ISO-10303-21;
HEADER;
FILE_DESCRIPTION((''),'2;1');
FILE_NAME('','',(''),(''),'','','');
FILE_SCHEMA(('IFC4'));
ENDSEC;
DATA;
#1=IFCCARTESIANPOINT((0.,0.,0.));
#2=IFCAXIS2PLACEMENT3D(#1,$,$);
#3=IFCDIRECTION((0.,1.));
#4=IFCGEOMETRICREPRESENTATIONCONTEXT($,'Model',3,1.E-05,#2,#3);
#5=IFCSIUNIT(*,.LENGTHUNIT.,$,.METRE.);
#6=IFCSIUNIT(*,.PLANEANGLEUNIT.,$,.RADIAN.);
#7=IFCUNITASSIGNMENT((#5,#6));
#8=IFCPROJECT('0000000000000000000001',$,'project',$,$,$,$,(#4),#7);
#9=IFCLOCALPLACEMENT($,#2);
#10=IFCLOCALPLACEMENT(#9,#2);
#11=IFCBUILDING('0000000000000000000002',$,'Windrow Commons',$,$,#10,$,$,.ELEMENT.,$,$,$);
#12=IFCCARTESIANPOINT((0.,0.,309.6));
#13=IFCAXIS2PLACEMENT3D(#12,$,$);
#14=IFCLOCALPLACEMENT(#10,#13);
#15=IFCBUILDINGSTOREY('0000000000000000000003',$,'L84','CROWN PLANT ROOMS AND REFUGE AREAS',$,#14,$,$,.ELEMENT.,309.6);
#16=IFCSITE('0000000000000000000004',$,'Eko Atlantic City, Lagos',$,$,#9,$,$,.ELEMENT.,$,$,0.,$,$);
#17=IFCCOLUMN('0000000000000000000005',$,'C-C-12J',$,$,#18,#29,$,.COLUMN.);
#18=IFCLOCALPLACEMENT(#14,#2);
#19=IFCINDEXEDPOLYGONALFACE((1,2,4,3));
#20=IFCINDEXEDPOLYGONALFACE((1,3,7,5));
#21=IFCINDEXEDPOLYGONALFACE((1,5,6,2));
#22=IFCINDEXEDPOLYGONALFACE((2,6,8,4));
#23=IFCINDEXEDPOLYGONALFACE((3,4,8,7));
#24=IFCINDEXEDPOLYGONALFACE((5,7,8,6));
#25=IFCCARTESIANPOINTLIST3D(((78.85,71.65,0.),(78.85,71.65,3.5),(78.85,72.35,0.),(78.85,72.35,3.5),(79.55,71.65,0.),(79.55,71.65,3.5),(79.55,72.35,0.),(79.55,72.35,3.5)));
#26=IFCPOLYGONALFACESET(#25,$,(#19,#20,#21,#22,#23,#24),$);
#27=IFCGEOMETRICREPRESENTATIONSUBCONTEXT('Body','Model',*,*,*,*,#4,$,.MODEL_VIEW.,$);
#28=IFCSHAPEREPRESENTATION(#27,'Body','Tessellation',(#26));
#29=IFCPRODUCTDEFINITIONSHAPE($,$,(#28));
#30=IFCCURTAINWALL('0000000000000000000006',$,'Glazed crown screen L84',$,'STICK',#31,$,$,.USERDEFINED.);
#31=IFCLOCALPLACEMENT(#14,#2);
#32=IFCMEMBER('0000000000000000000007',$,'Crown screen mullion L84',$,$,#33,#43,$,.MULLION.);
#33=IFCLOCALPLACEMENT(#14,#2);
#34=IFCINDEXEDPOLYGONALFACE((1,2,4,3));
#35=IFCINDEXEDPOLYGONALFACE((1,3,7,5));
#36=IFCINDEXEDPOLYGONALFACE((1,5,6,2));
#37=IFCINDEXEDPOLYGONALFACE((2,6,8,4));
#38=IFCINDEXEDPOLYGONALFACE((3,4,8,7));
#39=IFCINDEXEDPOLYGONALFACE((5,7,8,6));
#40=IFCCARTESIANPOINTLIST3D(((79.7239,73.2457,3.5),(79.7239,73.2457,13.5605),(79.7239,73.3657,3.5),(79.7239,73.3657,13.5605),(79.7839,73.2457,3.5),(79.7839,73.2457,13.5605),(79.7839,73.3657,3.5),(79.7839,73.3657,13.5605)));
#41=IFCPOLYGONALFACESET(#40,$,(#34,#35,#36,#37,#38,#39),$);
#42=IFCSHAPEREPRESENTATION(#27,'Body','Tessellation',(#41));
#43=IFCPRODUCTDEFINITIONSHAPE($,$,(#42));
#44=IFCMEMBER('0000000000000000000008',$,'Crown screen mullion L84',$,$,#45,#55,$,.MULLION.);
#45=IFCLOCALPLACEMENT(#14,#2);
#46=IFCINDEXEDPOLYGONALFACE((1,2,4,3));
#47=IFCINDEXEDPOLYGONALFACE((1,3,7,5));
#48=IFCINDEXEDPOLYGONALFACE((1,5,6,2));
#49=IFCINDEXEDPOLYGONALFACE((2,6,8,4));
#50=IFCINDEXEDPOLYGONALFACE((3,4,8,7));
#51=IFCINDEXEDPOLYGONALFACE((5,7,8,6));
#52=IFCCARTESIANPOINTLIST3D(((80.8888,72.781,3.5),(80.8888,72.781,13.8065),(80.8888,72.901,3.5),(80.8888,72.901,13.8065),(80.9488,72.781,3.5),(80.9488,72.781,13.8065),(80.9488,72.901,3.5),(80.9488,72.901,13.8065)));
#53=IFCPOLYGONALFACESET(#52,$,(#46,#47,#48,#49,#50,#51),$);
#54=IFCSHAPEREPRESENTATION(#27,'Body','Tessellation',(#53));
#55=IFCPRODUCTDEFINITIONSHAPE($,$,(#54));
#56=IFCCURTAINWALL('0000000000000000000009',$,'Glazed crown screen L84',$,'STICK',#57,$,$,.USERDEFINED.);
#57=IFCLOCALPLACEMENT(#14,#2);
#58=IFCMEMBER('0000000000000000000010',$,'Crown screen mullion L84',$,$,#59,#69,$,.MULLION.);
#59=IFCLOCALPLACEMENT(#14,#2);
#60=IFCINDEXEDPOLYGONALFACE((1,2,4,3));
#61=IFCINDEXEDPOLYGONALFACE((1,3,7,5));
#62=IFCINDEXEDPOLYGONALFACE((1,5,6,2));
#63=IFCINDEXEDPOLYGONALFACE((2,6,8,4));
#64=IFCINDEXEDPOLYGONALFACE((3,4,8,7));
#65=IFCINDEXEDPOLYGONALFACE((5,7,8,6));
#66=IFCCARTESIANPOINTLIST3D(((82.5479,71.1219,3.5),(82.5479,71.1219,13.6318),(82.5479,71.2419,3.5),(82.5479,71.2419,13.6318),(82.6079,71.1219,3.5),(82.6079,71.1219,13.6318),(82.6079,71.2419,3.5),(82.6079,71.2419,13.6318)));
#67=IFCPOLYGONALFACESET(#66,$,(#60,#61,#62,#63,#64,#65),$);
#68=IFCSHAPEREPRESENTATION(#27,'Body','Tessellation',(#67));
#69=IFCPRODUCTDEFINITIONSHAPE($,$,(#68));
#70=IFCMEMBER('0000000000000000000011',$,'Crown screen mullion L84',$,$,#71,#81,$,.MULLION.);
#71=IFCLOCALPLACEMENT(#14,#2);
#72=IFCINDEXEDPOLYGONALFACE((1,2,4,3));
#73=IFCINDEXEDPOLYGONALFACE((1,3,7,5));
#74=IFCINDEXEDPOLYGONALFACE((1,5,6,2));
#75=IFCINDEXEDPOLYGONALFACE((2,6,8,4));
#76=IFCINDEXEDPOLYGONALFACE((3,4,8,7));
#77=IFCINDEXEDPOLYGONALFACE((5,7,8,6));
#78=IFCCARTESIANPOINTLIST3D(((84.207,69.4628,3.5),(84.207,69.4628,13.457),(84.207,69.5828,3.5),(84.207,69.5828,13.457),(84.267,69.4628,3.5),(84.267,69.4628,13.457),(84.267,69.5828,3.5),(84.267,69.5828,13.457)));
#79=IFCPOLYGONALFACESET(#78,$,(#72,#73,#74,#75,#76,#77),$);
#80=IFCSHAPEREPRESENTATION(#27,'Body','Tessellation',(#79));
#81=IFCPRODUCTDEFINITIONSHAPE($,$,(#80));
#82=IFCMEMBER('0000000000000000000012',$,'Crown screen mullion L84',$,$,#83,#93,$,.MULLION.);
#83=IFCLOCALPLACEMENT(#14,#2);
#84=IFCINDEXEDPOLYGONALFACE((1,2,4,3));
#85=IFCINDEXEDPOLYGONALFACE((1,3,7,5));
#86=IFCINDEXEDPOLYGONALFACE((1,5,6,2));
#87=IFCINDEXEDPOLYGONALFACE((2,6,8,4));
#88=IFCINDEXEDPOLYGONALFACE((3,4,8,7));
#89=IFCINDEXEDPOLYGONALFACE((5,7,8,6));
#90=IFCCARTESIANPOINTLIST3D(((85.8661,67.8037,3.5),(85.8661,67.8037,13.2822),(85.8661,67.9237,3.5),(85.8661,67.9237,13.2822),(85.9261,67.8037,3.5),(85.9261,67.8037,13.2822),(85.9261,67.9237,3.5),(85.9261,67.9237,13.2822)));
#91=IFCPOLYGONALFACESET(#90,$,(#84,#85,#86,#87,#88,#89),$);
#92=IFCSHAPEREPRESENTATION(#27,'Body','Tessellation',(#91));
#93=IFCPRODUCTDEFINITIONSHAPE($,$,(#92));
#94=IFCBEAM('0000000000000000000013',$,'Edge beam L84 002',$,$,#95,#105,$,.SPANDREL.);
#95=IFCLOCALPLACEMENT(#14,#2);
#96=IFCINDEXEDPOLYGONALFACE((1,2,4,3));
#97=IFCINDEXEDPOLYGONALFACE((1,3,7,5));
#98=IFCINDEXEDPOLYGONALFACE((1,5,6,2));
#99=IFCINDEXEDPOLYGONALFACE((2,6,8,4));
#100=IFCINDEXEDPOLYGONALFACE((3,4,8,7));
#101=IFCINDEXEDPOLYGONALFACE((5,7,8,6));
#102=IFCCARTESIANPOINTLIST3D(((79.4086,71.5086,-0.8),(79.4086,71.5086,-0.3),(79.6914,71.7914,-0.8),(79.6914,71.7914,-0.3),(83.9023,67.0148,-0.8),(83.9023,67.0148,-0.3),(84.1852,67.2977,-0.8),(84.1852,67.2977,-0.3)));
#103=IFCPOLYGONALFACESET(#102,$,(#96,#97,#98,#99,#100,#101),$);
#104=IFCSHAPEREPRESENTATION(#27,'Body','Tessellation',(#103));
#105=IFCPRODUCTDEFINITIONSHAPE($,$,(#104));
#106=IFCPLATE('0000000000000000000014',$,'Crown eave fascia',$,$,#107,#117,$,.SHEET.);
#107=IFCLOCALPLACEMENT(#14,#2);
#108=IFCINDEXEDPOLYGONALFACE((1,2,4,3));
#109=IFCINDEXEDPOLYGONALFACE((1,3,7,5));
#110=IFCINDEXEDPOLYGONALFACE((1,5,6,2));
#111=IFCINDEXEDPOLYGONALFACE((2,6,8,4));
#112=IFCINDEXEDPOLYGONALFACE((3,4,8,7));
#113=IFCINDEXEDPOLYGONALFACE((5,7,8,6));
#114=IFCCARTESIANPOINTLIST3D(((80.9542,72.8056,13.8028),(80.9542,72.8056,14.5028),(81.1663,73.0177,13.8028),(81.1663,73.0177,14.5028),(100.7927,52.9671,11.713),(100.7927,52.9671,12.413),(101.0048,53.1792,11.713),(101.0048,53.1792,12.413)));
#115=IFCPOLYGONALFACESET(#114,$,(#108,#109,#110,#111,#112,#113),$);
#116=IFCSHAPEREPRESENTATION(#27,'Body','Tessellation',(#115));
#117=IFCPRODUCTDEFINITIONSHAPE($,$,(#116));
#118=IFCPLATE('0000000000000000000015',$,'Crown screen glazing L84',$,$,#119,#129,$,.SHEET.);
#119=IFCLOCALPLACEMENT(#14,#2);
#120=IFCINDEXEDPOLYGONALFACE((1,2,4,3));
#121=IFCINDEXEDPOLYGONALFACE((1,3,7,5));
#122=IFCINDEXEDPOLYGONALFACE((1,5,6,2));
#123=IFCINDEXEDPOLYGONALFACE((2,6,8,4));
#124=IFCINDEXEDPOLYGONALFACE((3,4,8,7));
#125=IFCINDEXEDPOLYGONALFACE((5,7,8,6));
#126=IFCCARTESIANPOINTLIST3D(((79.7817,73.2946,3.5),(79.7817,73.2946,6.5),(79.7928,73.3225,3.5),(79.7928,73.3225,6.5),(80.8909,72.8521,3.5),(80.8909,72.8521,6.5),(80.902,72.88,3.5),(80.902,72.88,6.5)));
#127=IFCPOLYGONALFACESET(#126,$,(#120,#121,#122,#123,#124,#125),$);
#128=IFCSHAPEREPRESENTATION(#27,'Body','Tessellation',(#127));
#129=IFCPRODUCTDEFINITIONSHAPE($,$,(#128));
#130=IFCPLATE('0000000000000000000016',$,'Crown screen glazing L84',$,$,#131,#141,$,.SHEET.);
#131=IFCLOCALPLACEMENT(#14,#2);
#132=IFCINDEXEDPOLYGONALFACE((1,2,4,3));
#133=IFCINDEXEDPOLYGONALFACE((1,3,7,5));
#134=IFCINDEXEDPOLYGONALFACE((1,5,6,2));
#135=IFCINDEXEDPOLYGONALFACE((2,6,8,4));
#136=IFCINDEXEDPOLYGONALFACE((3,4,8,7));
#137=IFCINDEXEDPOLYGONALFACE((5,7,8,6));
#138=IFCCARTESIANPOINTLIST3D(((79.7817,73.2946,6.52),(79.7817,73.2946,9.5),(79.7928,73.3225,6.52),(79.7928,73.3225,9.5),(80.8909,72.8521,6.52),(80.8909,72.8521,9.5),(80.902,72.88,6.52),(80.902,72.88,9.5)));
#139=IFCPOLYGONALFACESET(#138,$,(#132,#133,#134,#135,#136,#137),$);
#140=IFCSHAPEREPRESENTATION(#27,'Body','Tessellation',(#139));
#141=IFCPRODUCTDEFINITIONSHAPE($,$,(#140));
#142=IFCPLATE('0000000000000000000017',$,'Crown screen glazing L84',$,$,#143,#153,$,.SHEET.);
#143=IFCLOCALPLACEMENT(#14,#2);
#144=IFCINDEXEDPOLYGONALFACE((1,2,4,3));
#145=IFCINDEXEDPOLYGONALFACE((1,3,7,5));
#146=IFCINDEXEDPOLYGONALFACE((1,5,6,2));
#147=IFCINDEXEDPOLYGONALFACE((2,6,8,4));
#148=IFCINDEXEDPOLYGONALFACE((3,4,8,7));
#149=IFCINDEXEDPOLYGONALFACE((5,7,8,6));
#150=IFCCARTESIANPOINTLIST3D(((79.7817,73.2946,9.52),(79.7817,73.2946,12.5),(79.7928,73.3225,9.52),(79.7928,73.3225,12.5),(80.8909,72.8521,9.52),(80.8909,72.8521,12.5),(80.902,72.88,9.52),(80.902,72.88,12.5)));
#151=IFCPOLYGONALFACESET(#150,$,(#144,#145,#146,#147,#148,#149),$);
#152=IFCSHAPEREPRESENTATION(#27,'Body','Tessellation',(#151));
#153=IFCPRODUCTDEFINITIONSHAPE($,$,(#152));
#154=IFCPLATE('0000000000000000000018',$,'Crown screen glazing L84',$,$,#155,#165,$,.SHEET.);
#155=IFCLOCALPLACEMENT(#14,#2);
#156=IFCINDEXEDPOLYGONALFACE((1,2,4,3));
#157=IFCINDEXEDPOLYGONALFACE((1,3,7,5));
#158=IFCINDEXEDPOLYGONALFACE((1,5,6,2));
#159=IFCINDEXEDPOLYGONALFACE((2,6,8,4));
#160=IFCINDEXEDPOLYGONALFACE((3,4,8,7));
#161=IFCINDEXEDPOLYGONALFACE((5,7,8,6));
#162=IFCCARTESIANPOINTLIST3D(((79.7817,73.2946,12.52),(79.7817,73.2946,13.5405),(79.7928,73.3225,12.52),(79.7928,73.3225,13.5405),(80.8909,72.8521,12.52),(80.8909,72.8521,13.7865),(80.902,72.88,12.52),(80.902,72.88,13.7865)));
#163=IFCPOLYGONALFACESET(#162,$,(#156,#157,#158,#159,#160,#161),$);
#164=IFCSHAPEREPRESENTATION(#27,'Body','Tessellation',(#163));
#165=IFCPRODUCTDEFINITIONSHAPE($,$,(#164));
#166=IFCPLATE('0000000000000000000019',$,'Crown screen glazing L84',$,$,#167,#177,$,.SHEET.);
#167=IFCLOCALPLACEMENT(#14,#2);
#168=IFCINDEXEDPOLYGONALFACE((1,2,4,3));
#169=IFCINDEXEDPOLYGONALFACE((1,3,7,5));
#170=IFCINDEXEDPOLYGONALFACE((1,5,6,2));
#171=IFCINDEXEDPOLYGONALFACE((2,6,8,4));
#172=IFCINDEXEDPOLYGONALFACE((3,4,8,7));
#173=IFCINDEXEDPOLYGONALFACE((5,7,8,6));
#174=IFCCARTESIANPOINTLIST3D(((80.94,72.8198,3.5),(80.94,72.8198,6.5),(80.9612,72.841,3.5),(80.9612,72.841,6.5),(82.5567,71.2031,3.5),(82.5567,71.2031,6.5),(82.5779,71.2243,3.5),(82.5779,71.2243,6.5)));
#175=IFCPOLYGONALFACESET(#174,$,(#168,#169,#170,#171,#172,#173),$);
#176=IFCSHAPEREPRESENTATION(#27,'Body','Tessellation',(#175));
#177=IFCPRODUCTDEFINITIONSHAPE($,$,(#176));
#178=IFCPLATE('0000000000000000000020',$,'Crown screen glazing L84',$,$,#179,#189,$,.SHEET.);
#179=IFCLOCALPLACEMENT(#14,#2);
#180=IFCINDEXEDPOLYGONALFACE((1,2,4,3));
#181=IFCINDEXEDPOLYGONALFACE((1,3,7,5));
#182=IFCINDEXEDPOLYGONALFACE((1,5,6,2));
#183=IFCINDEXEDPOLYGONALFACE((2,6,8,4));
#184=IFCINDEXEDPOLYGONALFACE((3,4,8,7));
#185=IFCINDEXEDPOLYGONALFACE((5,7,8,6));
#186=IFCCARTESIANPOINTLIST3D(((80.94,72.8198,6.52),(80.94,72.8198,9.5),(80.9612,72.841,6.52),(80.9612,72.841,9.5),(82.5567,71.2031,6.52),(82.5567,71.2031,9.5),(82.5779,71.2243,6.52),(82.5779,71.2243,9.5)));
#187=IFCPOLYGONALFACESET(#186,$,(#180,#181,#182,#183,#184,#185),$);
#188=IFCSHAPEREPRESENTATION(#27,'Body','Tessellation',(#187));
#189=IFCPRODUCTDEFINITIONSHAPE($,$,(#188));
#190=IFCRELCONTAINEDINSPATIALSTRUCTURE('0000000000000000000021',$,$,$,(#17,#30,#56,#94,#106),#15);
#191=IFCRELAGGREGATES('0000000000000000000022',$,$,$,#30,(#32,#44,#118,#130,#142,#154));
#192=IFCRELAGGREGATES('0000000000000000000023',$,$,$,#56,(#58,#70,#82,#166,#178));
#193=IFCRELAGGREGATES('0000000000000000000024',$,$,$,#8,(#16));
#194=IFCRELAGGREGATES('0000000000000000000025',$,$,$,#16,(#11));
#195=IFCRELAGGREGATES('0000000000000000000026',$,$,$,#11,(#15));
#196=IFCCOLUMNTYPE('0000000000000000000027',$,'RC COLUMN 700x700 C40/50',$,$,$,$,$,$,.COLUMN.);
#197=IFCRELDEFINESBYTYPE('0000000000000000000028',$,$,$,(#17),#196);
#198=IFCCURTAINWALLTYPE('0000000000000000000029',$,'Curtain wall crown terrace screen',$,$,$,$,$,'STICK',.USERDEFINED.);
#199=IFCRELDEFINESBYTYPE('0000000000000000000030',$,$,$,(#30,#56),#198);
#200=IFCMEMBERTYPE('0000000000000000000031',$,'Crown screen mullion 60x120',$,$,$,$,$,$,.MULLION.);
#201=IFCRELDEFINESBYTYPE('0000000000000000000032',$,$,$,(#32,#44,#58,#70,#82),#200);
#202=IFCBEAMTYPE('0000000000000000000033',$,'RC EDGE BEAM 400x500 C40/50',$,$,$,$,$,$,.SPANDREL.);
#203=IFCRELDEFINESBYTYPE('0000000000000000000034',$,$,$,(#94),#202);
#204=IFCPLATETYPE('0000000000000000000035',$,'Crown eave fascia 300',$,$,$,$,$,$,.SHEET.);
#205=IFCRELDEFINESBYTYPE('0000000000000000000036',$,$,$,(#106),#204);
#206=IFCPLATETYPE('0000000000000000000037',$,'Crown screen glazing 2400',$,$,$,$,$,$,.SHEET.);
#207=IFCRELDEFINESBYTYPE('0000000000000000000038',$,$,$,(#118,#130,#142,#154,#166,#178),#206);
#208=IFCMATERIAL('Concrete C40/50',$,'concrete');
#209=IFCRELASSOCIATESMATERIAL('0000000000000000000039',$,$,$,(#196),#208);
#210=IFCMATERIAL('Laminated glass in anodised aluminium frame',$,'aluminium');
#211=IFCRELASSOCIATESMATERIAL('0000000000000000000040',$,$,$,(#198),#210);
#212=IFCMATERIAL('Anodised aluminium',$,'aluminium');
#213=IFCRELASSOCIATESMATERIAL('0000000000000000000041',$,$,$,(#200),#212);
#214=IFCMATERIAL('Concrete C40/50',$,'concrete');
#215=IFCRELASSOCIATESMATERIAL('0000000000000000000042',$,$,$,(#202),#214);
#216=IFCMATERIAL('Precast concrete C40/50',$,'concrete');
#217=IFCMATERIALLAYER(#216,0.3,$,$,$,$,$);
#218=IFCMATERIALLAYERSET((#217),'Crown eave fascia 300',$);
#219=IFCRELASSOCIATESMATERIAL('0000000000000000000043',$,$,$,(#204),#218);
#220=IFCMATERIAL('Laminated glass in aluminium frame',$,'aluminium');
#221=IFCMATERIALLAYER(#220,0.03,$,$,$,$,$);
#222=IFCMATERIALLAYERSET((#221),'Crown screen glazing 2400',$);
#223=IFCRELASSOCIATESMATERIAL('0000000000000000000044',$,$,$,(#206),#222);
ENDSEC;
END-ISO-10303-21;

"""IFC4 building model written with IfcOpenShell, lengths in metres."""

from ifc_helpers import new_model, si_unit, direction, frame, origin, origin_2d, place, context, subcontext, project, spatial, polyline, rectangle, outline, extrude, material, layer, layer_set, material_profile, profile_set, type_object, element, aggregate, save


model = new_model("IFC4")

# Units and contexts
model_context = context("Model", 3, precision=1e-05, world=origin(), true_north=direction((0.0, 1.0)))
body_context = subcontext(model_context, "Body", "Model", "MODEL_VIEW")
ifc_project = project(units=[si_unit("LENGTHUNIT", "METRE"), si_unit("PLANEANGLEUNIT", "RADIAN")], contexts=[model_context])

# Site, building, storey
site_placement = place(None, origin())
site = spatial("IfcSite", under=ifc_project, at=site_placement, Name="Eko Atlantic City, Lagos", CompositionType="ELEMENT", RefElevation=0.0)
building_placement = place(site_placement, origin())
building = spatial("IfcBuilding", under=site, at=building_placement, Name="Windrow Commons", CompositionType="ELEMENT")
storey_placement = place(building_placement, frame((0.0, 0.0, 309.6)))
storey = spatial("IfcBuildingStorey", under=building, at=storey_placement, Name="L84", Description="CROWN PLANT ROOMS AND REFUGE AREAS", CompositionType="ELEMENT", Elevation=309.6)

# Column
ifc_material_1 = material(Name="Concrete C40/50", Category="concrete")
ifc_material_profile_1 = material_profile(ifc_material_1, rectangle(XDim=0.7, YDim=0.7, at=origin_2d()))
ifc_profile_set_1 = profile_set([ifc_material_profile_1], Name="Concrete C40/50")
column_type = type_object("IfcColumnType", Name="RC COLUMN 700x700 C40/50", PredefinedType="COLUMN", material=ifc_profile_set_1)
column_placement = place(storey_placement, frame((79.2, 72.0, 0.0), z_axis=(0.0, 0.0, 1.0), x_axis=(1.0, 0.0, 0.0)))
element("IfcColumn", 1, at=column_placement, inside=storey, type_object=column_type, Name="C-C-12J", PredefinedType="COLUMN", context=body_context, shape_type="SweptSolid", body=[
    extrude(rectangle(XDim=0.7, YDim=0.7, at=origin_2d()), origin(), (0.0, 0.0, 1.0), 3.5),
])

# Curtain walls, members
ifc_material_2 = material(Name="Laminated glass in anodised aluminium frame", Category="aluminium")
curtain_wall_type = type_object("IfcCurtainWallType", Name="Curtain wall crown terrace screen", ElementType="STICK", PredefinedType="USERDEFINED", material=ifc_material_2)
placement = place(storey_placement, origin())
curtain_wall_1 = element("IfcCurtainWall", 2, at=placement, inside=storey, type_object=curtain_wall_type, Name="Glazed crown screen L84", ObjectType="STICK", PredefinedType="USERDEFINED")
ifc_material_3 = material(Name="Anodised aluminium", Category="aluminium")
ifc_material_profile_2 = material_profile(ifc_material_3, rectangle(XDim=0.06, YDim=0.12, at=origin_2d()))
ifc_profile_set_2 = profile_set([ifc_material_profile_2], Name="Anodised aluminium")
member_type = type_object("IfcMemberType", Name="Crown screen mullion 60x120", PredefinedType="MULLION", material=ifc_profile_set_2)
member_1_placement = place(storey_placement, frame((79.7539, 73.3057, 3.5), z_axis=(0.0, 0.0, 1.0), x_axis=(1.0, 0.0, 0.0)))
member_1 = element("IfcMember", 3, at=member_1_placement, type_object=member_type, Name="Crown screen mullion L84", PredefinedType="MULLION", context=body_context, shape_type="SweptSolid", body=[
    extrude(rectangle(XDim=0.06, YDim=0.12, at=origin_2d()), origin(), (0.0, 0.0, 1.0), 10.0605),
])
member_2_placement = place(storey_placement, frame((80.9188, 72.841, 3.5), z_axis=(0.0, 0.0, 1.0), x_axis=(1.0, 0.0, 0.0)))
member_2 = element("IfcMember", 4, at=member_2_placement, type_object=member_type, Name="Crown screen mullion L84", PredefinedType="MULLION", context=body_context, shape_type="SweptSolid", body=[
    extrude(rectangle(XDim=0.06, YDim=0.12, at=origin_2d()), origin(), (0.0, 0.0, 1.0), 10.3065),
])
curtain_wall_2 = element("IfcCurtainWall", 5, at=placement, inside=storey, type_object=curtain_wall_type, Name="Glazed crown screen L84", ObjectType="STICK", PredefinedType="USERDEFINED")
member_3_placement = place(storey_placement, frame((82.5779, 71.1819, 3.5), z_axis=(0.0, 0.0, 1.0), x_axis=(1.0, 0.0, 0.0)))
member_3 = element("IfcMember", 6, at=member_3_placement, type_object=member_type, Name="Crown screen mullion L84", PredefinedType="MULLION", context=body_context, shape_type="SweptSolid", body=[
    extrude(rectangle(XDim=0.06, YDim=0.12, at=origin_2d()), origin(), (0.0, 0.0, 1.0), 10.1318),
])
member_4_placement = place(storey_placement, frame((84.237, 69.5228, 3.5), z_axis=(0.0, 0.0, 1.0), x_axis=(1.0, 0.0, 0.0)))
member_4 = element("IfcMember", 7, at=member_4_placement, type_object=member_type, Name="Crown screen mullion L84", PredefinedType="MULLION", context=body_context, shape_type="SweptSolid", body=[
    extrude(rectangle(XDim=0.06, YDim=0.12, at=origin_2d()), origin(), (0.0, 0.0, 1.0), 9.957),
])
member_5_placement = place(storey_placement, frame((85.8961, 67.8637, 3.5), z_axis=(0.0, 0.0, 1.0), x_axis=(1.0, 0.0, 0.0)))
member_5 = element("IfcMember", 8, at=member_5_placement, type_object=member_type, Name="Crown screen mullion L84", PredefinedType="MULLION", context=body_context, shape_type="SweptSolid", body=[
    extrude(rectangle(XDim=0.06, YDim=0.12, at=origin_2d()), origin(), (0.0, 0.0, 1.0), 9.7822),
])

# Beam
ifc_material_4 = material(Name="Concrete C40/50", Category="concrete")
ifc_material_profile_3 = material_profile(ifc_material_4, rectangle(XDim=0.4, YDim=0.5, at=origin_2d()))
ifc_profile_set_3 = profile_set([ifc_material_profile_3], Name="Concrete C40/50")
beam_type = type_object("IfcBeamType", Name="RC EDGE BEAM 400x500 C40/50", PredefinedType="SPANDREL", material=ifc_profile_set_3)
beam_placement = place(storey_placement, frame((79.55, 71.65, -0.55), z_axis=(0.707107, -0.707107, 0.0), x_axis=(0.707107, 0.707107, 0.0)))
element("IfcBeam", 9, at=beam_placement, inside=storey, type_object=beam_type, Name="Edge beam L84 002", PredefinedType="SPANDREL", context=body_context, shape_type="SweptSolid", body=[
    extrude(rectangle(XDim=0.4, YDim=0.5, at=origin_2d()), origin(), (0.0, 0.0, 1.0), 6.3551),
])

# Plates
ifc_material_5 = material(Name="Precast concrete C40/50", Category="concrete")
ifc_layer_1 = layer(ifc_material_5, 0.3)
ifc_layer_set_1 = layer_set([ifc_layer_1], Name="Crown eave fascia 300")
plate_type_1 = type_object("IfcPlateType", Name="Crown eave fascia 300", PredefinedType="SHEET", material=ifc_layer_set_1)
plate_1_placement = place(storey_placement, frame((80.9542, 72.8056, 13.8028), z_axis=(-0.707107, -0.707107, 0.0), x_axis=(0.705153, -0.705153, -0.074281)))
element("IfcPlate", 10, at=plate_1_placement, inside=storey, type_object=plate_type_1, Name="Crown eave fascia", PredefinedType="SHEET", context=body_context, shape_type="SweptSolid", body=[
    extrude(outline(polyline([(0.0, 0.0), (28.1336, 0.0), (28.0816, 0.6981), (-0.052, 0.6981), (0.0, 0.0)])), origin(), (0.0, 0.0, -1.0), 0.3),
])
ifc_material_6 = material(Name="Laminated glass in aluminium frame", Category="aluminium")
ifc_layer_2 = layer(ifc_material_6, 0.03)
ifc_layer_set_2 = layer_set([ifc_layer_2], Name="Crown screen glazing 2400")
plate_type_2 = type_object("IfcPlateType", Name="Crown screen glazing 2400", PredefinedType="SHEET", material=ifc_layer_set_2)
plate_2_placement = place(storey_placement, frame((79.7817, 73.2946, 3.5), z_axis=(-0.370539, -0.928817, 0.0), x_axis=(0.928817, -0.370539, 0.0)))
plate_2 = element("IfcPlate", 11, at=plate_2_placement, type_object=plate_type_2, Name="Crown screen glazing L84", PredefinedType="SHEET", context=body_context, shape_type="SweptSolid", body=[
    extrude(outline(polyline([(0.0, 0.0), (1.1942, 0.0), (1.1942, 3.0), (0.0, 3.0), (0.0, 0.0)])), origin(), (0.0, 0.0, -1.0), 0.03),
])
plate_3_placement = place(storey_placement, frame((79.7817, 73.2946, 6.52), z_axis=(-0.370539, -0.928817, 0.0), x_axis=(0.928817, -0.370539, 0.0)))
plate_3 = element("IfcPlate", 12, at=plate_3_placement, type_object=plate_type_2, Name="Crown screen glazing L84", PredefinedType="SHEET", context=body_context, shape_type="SweptSolid", body=[
    extrude(outline(polyline([(0.0, 0.0), (1.1942, 0.0), (1.1942, 2.98), (0.0, 2.98), (0.0, 0.0)])), origin(), (0.0, 0.0, -1.0), 0.03),
])
plate_4_placement = place(storey_placement, frame((79.7817, 73.2946, 9.52), z_axis=(-0.370539, -0.928817, 0.0), x_axis=(0.928817, -0.370539, 0.0)))
plate_4 = element("IfcPlate", 13, at=plate_4_placement, type_object=plate_type_2, Name="Crown screen glazing L84", PredefinedType="SHEET", context=body_context, shape_type="SweptSolid", body=[
    extrude(outline(polyline([(0.0, 0.0), (1.1942, 0.0), (1.1942, 2.98), (0.0, 2.98), (0.0, 0.0)])), origin(), (0.0, 0.0, -1.0), 0.03),
])
plate_5_placement = place(storey_placement, frame((79.7817, 73.2946, 12.52), z_axis=(-0.370539, -0.928817, 0.0), x_axis=(0.928817, -0.370539, 0.0)))
plate_5 = element("IfcPlate", 14, at=plate_5_placement, type_object=plate_type_2, Name="Crown screen glazing L84", PredefinedType="SHEET", context=body_context, shape_type="SweptSolid", body=[
    extrude(outline(polyline([(0.0, 0.0), (1.1942, 0.0), (1.1942, 1.2665), (0.0, 1.0205), (0.0, 0.0)])), origin(), (0.0, 0.0, -1.0), 0.03),
])
aggregate(curtain_wall_1, [member_1, member_2, plate_2, plate_3, plate_4, plate_5])
plate_6_placement = place(storey_placement, frame((80.94, 72.8198, 3.5), z_axis=(-0.707107, -0.707107, 0.0), x_axis=(0.707107, -0.707107, 0.0)))
plate_6 = element("IfcPlate", 15, at=plate_6_placement, type_object=plate_type_2, Name="Crown screen glazing L84", PredefinedType="SHEET", context=body_context, shape_type="SweptSolid", body=[
    extrude(outline(polyline([(0.0, 0.0), (2.2864, 0.0), (2.2864, 3.0), (0.0, 3.0), (0.0, 0.0)])), origin(), (0.0, 0.0, -1.0), 0.03),
])
plate_7_placement = place(storey_placement, frame((80.94, 72.8198, 6.52), z_axis=(-0.707107, -0.707107, 0.0), x_axis=(0.707107, -0.707107, 0.0)))
plate_7 = element("IfcPlate", 16, at=plate_7_placement, type_object=plate_type_2, Name="Crown screen glazing L84", PredefinedType="SHEET", context=body_context, shape_type="SweptSolid", body=[
    extrude(outline(polyline([(0.0, 0.0), (2.2864, 0.0), (2.2864, 2.98), (0.0, 2.98), (0.0, 0.0)])), origin(), (0.0, 0.0, -1.0), 0.03),
])
aggregate(curtain_wall_2, [member_3, member_4, member_5, plate_6, plate_7])

save(model, "model.ifc")
